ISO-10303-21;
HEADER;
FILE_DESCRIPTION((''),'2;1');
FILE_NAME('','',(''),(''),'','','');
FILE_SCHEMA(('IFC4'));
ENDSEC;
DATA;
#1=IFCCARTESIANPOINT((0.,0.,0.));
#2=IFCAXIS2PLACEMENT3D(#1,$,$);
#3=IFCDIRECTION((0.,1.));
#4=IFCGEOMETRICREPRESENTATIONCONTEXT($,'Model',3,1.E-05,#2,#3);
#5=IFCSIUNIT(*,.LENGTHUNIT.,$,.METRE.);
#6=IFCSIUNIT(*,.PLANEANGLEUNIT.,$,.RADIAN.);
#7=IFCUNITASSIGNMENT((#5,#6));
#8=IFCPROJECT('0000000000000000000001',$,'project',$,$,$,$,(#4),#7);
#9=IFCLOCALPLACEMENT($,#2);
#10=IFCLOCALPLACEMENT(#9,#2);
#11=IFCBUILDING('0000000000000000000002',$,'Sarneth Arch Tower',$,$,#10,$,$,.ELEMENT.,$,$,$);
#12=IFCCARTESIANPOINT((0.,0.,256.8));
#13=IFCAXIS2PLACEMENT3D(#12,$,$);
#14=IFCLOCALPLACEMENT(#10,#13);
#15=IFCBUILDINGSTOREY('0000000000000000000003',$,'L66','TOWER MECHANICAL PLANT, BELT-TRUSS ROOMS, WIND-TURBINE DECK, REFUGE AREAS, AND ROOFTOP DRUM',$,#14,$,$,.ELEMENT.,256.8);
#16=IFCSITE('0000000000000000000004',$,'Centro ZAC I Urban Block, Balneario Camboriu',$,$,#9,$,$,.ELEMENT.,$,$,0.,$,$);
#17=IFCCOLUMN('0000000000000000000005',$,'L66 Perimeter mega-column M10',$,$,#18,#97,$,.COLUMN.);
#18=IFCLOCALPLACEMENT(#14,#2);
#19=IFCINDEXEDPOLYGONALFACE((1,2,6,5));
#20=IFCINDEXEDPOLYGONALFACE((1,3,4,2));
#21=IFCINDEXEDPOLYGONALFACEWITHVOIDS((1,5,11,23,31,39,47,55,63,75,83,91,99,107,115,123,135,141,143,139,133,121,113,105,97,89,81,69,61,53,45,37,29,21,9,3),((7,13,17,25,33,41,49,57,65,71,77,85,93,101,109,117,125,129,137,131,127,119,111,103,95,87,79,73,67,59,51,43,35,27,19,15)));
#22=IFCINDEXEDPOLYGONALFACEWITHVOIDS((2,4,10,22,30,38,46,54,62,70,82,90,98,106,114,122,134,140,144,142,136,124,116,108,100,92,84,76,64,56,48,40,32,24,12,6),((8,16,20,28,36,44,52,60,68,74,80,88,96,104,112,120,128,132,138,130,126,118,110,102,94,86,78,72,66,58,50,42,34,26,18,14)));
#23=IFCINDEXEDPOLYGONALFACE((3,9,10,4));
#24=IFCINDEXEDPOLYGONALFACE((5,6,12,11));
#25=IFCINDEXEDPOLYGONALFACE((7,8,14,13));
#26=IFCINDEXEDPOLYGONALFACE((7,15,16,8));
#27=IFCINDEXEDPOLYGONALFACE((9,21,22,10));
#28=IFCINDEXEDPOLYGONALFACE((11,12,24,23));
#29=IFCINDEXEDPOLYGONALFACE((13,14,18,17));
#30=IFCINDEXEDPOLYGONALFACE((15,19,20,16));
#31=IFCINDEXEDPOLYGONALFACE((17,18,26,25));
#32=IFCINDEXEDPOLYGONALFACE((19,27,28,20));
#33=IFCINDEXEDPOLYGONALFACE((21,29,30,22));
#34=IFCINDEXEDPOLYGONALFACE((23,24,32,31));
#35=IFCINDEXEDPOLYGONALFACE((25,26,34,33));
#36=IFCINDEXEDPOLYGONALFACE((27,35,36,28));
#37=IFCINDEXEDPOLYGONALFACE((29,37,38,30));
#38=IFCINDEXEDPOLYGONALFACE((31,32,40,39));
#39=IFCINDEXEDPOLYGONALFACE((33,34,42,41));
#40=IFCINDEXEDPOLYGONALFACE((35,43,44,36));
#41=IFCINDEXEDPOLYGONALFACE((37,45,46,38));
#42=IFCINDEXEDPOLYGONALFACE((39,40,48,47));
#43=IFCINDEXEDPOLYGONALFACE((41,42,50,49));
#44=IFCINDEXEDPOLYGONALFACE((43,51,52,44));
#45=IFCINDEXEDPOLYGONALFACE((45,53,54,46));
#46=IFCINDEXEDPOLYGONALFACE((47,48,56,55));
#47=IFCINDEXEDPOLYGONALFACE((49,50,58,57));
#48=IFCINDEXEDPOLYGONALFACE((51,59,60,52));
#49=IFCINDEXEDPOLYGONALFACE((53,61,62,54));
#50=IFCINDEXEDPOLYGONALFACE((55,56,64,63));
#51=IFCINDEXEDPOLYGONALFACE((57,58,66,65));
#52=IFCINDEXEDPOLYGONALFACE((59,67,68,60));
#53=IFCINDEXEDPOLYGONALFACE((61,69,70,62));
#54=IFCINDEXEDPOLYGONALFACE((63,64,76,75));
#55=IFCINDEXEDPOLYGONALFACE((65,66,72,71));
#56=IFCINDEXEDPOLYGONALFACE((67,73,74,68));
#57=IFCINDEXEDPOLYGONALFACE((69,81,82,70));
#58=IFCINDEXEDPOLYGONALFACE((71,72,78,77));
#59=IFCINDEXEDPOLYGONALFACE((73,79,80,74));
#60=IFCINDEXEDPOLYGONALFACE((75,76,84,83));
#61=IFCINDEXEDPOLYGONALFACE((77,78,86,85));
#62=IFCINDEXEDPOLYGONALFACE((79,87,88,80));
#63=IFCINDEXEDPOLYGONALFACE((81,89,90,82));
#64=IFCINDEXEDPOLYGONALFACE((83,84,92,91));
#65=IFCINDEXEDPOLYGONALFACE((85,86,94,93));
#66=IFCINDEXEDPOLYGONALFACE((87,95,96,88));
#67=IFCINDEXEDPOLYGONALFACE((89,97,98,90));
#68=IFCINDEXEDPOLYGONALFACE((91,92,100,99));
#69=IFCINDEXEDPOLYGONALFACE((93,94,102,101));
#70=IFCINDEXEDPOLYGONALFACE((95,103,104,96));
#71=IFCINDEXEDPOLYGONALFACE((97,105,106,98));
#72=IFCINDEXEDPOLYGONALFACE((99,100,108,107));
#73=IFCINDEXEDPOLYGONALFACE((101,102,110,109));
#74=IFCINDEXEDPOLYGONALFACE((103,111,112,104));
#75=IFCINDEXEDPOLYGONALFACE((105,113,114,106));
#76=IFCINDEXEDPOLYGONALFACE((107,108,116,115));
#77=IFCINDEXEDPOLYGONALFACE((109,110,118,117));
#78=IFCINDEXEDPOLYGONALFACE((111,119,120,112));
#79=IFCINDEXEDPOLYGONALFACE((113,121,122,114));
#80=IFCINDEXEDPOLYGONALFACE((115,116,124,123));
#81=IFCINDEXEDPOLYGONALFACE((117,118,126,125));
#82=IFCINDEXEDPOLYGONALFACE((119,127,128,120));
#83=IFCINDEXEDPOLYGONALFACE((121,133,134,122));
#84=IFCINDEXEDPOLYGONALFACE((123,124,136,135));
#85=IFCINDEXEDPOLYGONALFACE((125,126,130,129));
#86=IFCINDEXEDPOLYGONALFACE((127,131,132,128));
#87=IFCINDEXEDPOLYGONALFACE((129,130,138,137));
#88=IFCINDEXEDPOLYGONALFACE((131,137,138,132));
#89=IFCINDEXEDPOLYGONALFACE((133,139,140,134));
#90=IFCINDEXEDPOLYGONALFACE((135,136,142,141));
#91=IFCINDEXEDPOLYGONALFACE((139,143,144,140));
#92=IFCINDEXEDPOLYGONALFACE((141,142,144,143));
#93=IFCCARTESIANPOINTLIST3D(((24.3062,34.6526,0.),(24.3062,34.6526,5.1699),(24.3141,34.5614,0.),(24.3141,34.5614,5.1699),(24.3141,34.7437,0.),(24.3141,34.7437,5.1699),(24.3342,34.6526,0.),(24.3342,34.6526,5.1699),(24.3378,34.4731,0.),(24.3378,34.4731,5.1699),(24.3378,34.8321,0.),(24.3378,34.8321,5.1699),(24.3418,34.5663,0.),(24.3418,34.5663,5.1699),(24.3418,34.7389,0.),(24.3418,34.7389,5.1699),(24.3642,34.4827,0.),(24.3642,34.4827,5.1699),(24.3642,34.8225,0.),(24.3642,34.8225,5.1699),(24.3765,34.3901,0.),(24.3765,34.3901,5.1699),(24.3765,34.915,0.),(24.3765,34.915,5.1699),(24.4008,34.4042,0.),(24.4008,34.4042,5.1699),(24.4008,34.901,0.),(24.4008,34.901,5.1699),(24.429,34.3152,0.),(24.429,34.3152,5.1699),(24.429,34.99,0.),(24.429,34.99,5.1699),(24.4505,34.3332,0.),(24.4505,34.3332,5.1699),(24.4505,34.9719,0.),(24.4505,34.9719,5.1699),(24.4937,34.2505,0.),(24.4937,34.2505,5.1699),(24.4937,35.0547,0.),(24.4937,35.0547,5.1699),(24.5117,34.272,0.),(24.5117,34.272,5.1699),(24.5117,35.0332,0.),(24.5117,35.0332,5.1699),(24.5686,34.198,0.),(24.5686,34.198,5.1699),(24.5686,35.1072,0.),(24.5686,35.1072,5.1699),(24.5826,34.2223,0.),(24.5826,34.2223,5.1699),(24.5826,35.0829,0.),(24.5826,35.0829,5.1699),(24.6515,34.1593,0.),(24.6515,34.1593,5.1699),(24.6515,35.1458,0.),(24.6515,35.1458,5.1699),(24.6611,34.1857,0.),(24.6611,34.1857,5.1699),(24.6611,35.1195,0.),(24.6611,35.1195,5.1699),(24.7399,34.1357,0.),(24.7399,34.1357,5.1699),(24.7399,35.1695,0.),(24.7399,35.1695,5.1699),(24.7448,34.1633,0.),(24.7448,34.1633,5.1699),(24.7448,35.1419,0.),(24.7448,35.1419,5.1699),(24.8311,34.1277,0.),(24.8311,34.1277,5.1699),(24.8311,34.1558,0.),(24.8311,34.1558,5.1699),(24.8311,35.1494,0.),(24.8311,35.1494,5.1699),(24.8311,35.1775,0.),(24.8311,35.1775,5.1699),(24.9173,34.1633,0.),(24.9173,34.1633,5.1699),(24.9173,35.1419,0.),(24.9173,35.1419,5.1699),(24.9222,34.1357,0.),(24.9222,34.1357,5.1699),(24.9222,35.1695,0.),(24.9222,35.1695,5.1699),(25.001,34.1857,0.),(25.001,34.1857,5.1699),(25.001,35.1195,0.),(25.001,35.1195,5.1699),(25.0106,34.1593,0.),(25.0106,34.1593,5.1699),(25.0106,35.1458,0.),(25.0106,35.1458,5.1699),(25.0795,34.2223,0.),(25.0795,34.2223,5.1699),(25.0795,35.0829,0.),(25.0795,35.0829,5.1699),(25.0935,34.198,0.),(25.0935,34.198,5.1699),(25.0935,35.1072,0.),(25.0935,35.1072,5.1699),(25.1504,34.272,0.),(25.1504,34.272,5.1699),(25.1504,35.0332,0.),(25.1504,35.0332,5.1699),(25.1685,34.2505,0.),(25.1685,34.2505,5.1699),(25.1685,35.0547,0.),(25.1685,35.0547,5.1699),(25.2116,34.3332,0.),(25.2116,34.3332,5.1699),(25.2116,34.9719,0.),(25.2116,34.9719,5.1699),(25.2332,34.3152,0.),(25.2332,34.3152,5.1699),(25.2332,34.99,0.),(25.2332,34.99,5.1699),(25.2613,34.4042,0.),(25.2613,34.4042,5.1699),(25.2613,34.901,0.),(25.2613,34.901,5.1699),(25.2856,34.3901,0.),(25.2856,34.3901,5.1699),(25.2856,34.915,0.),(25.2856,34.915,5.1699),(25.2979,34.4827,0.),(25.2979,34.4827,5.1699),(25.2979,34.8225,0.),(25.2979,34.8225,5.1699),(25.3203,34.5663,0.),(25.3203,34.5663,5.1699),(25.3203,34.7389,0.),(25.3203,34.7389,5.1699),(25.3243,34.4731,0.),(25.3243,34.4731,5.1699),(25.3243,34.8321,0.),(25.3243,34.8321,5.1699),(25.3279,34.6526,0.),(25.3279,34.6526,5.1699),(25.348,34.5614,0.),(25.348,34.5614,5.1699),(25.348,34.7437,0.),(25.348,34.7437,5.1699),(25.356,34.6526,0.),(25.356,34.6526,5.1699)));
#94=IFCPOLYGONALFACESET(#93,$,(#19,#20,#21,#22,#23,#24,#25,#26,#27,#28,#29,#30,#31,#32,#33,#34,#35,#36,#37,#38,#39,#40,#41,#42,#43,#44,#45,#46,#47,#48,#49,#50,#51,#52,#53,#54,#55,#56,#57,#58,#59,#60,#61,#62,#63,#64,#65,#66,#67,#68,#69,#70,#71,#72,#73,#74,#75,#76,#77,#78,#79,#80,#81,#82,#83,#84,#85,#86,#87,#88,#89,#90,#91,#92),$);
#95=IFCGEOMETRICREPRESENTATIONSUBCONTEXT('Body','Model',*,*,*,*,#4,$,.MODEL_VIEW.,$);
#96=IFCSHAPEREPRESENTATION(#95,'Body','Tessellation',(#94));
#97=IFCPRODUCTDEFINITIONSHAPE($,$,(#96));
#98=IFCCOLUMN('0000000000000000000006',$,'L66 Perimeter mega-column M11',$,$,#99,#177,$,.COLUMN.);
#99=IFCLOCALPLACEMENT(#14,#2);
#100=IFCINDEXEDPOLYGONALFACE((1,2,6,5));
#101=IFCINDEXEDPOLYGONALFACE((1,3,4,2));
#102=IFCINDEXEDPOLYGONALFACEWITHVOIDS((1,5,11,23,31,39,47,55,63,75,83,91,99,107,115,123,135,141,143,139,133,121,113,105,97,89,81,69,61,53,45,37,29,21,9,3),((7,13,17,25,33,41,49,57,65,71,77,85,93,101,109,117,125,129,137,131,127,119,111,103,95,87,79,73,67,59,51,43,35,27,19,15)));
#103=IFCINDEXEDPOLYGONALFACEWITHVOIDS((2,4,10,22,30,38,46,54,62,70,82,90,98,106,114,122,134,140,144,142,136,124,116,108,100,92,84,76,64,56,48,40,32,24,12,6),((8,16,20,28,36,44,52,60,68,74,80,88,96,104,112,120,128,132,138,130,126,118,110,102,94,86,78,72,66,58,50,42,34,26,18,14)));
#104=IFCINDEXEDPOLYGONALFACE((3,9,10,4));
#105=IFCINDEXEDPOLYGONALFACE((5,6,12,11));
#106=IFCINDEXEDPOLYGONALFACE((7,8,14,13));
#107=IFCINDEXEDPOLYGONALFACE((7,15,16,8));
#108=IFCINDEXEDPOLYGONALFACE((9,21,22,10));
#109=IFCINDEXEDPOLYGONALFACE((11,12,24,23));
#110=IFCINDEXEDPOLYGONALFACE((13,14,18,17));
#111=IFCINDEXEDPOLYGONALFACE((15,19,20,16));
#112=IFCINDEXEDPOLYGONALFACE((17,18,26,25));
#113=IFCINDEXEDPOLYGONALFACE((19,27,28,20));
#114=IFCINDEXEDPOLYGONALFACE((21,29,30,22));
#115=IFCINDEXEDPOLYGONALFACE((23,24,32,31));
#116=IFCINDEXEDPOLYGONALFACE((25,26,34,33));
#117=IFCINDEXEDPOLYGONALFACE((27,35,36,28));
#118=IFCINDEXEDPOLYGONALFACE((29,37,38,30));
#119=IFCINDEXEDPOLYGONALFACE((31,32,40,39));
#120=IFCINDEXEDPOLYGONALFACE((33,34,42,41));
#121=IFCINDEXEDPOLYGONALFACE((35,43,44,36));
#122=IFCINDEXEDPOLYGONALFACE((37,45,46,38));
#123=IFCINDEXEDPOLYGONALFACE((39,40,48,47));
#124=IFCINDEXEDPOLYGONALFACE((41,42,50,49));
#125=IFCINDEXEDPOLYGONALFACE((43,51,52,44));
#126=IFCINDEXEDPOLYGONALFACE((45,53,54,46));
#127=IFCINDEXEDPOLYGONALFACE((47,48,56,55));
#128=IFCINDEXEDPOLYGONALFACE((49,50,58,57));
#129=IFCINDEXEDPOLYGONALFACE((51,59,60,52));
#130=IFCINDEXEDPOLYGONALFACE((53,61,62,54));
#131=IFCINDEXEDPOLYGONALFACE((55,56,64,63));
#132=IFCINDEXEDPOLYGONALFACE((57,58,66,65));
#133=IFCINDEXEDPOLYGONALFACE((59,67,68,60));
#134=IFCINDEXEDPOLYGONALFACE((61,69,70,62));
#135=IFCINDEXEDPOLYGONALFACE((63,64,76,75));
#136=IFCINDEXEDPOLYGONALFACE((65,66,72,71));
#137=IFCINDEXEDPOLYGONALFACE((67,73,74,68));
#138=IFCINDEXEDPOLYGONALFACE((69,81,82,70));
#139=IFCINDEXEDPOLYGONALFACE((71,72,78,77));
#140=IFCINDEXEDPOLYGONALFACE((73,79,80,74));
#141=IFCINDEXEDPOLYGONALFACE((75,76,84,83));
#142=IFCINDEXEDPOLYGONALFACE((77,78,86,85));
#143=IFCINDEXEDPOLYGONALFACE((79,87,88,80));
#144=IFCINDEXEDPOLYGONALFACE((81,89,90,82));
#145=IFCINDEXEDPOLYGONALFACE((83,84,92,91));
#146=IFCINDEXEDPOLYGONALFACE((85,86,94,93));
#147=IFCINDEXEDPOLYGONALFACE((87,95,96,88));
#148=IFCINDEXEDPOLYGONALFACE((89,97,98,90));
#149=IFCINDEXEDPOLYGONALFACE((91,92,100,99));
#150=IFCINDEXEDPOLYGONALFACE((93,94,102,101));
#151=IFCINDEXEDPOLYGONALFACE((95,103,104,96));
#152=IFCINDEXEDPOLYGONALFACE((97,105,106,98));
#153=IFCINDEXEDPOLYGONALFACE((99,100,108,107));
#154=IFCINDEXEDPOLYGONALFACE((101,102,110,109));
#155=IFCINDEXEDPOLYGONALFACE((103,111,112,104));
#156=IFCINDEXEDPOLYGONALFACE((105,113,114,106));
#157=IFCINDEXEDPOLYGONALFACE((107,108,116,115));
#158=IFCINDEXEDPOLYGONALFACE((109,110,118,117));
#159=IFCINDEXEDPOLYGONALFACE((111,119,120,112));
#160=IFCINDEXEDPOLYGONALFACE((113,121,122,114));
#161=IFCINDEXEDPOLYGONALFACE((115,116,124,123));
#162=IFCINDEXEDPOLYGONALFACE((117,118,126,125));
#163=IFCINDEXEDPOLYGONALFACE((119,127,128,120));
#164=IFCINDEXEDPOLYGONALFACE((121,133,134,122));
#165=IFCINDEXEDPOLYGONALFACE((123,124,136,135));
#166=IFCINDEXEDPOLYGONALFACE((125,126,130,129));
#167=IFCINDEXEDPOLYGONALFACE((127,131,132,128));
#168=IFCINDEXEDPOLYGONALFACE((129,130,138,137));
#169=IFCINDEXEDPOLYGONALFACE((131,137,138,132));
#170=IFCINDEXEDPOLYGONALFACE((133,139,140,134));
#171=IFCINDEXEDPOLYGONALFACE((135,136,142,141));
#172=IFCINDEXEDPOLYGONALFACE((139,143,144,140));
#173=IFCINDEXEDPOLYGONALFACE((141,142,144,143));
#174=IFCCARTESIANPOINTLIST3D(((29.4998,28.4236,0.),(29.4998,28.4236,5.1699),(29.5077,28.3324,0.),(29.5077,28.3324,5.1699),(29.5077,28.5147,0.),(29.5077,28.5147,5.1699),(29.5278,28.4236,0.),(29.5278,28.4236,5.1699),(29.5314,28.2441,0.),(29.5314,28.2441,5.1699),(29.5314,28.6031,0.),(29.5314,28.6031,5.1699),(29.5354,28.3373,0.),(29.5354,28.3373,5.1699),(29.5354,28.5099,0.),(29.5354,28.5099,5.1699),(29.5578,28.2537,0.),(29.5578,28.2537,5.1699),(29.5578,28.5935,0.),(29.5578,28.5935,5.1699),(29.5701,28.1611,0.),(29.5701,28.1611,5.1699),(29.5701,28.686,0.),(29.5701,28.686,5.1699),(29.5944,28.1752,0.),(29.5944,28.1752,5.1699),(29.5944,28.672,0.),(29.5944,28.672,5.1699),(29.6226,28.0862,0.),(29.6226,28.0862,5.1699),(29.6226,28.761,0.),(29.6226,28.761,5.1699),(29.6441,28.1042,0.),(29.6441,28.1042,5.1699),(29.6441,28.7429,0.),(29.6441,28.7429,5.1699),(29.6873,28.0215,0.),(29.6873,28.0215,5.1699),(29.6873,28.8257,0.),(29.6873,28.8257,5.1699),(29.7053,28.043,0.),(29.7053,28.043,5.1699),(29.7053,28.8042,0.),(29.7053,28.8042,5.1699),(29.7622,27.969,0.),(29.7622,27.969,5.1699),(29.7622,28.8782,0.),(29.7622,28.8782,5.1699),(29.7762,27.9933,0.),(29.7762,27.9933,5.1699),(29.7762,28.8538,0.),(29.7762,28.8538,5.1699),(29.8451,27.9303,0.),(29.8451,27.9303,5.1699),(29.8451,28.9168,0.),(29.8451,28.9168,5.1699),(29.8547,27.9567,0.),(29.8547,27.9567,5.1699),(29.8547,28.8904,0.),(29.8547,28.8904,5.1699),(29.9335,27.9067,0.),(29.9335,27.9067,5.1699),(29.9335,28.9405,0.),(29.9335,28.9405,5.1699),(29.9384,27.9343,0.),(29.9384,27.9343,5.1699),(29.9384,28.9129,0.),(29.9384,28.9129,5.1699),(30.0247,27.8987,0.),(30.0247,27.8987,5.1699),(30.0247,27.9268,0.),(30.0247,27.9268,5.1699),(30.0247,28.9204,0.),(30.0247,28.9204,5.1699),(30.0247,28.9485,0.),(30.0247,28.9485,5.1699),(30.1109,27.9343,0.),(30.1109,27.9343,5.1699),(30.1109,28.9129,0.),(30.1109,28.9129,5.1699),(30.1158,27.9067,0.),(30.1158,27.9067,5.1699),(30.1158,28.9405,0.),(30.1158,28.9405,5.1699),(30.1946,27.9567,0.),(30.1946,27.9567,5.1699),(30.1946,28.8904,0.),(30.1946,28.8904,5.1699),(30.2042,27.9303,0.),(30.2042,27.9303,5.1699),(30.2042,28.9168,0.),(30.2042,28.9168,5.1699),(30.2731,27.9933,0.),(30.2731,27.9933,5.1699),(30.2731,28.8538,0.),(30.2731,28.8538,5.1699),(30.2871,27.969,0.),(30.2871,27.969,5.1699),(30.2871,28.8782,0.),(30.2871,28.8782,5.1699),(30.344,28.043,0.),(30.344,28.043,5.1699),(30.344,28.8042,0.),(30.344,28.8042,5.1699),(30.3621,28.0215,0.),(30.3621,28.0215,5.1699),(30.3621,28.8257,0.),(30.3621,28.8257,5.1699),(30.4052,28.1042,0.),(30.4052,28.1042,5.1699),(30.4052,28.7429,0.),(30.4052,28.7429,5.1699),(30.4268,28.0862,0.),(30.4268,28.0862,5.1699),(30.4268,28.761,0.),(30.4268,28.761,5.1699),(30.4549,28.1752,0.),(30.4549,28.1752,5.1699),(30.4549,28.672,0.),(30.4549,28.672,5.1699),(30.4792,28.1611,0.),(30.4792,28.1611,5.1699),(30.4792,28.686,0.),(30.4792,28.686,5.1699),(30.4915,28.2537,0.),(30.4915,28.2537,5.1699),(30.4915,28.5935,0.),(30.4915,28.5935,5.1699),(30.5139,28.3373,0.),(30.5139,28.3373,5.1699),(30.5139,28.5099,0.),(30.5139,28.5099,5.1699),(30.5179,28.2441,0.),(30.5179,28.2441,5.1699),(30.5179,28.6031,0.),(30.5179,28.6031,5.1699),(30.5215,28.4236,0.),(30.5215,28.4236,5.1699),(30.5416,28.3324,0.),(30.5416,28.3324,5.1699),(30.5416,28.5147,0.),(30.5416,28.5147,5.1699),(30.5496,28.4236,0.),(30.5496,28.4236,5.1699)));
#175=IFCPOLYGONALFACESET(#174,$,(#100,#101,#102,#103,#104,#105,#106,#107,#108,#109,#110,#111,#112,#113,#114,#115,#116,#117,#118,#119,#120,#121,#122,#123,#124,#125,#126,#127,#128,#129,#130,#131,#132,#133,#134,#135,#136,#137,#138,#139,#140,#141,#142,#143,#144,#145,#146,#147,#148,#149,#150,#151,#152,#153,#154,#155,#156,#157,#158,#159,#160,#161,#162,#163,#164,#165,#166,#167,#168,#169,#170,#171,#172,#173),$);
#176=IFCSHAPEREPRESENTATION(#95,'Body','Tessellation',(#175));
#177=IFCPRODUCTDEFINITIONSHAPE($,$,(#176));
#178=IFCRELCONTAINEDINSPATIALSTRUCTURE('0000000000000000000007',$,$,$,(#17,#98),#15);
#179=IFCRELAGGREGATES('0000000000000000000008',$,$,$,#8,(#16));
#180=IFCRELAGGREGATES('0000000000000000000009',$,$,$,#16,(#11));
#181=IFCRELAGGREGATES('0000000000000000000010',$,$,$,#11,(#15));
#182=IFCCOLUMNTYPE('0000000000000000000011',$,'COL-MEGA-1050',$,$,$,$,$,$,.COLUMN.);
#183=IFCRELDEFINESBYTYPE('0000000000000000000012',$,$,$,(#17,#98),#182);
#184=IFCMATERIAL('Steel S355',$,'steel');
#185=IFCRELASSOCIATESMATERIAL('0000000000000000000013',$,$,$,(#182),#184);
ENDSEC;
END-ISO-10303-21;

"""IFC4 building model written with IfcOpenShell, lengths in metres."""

from ifc_helpers import new_model, si_unit, direction, frame, origin, origin_2d, place, context, subcontext, project, spatial, hollow_circle, extrude, material, material_profile, profile_set, type_object, element, save


model = new_model("IFC4")

# Units and contexts
model_context = context("Model", 3, precision=1e-05, world=origin(), true_north=direction((0.0, 1.0)))
body_context = subcontext(model_context, "Body", "Model", "MODEL_VIEW")
ifc_project = project(units=[si_unit("LENGTHUNIT", "METRE"), si_unit("PLANEANGLEUNIT", "RADIAN")], contexts=[model_context])

# Site, building, storey
site_placement = place(None, origin())
site = spatial("IfcSite", under=ifc_project, at=site_placement, Name="Centro ZAC I Urban Block, Balneario Camboriu", CompositionType="ELEMENT", RefElevation=0.0)
building_placement = place(site_placement, origin())
building = spatial("IfcBuilding", under=site, at=building_placement, Name="Sarneth Arch Tower", CompositionType="ELEMENT")
storey_placement = place(building_placement, frame((0.0, 0.0, 256.8)))
storey = spatial("IfcBuildingStorey", under=building, at=storey_placement, Name="L66", Description="TOWER MECHANICAL PLANT, BELT-TRUSS ROOMS, WIND-TURBINE DECK, REFUGE AREAS, AND ROOFTOP DRUM", CompositionType="ELEMENT", Elevation=256.8)

# Columns
ifc_material_1 = material(Name="Steel S355", Category="steel")
ifc_material_profile_1 = material_profile(ifc_material_1, hollow_circle(Radius=0.5249, WallThickness=0.0281, at=origin_2d()), Name="CHS1050x28")
ifc_profile_set_1 = profile_set([ifc_material_profile_1], Name="Steel S355")
column_type = type_object("IfcColumnType", Name="COL-MEGA-1050", PredefinedType="COLUMN", material=ifc_profile_set_1)
for number, where, z_axis, x_axis, name in (
    (1, (24.8311, 34.6526, 0.0), (0.0, 0.0, 1.0), (1.0, 0.0, 0.0), "L66 Perimeter mega-column M10"),
    (2, (30.0247, 28.4236, 0.0), (0.0, 0.0, 1.0), (1.0, 0.0, 0.0), "L66 Perimeter mega-column M11"),
):
    element("IfcColumn", number, at=place(storey_placement, frame(where, z_axis=z_axis, x_axis=x_axis)), inside=storey, type_object=column_type, Name=name, PredefinedType="COLUMN", context=body_context, shape_type="SweptSolid", body=[
        extrude(hollow_circle(Radius=0.5249, WallThickness=0.0281, at=origin_2d()), origin(), (0.0, 0.0, 1.0), 5.1699),
    ])

save(model, "model.ifc")
